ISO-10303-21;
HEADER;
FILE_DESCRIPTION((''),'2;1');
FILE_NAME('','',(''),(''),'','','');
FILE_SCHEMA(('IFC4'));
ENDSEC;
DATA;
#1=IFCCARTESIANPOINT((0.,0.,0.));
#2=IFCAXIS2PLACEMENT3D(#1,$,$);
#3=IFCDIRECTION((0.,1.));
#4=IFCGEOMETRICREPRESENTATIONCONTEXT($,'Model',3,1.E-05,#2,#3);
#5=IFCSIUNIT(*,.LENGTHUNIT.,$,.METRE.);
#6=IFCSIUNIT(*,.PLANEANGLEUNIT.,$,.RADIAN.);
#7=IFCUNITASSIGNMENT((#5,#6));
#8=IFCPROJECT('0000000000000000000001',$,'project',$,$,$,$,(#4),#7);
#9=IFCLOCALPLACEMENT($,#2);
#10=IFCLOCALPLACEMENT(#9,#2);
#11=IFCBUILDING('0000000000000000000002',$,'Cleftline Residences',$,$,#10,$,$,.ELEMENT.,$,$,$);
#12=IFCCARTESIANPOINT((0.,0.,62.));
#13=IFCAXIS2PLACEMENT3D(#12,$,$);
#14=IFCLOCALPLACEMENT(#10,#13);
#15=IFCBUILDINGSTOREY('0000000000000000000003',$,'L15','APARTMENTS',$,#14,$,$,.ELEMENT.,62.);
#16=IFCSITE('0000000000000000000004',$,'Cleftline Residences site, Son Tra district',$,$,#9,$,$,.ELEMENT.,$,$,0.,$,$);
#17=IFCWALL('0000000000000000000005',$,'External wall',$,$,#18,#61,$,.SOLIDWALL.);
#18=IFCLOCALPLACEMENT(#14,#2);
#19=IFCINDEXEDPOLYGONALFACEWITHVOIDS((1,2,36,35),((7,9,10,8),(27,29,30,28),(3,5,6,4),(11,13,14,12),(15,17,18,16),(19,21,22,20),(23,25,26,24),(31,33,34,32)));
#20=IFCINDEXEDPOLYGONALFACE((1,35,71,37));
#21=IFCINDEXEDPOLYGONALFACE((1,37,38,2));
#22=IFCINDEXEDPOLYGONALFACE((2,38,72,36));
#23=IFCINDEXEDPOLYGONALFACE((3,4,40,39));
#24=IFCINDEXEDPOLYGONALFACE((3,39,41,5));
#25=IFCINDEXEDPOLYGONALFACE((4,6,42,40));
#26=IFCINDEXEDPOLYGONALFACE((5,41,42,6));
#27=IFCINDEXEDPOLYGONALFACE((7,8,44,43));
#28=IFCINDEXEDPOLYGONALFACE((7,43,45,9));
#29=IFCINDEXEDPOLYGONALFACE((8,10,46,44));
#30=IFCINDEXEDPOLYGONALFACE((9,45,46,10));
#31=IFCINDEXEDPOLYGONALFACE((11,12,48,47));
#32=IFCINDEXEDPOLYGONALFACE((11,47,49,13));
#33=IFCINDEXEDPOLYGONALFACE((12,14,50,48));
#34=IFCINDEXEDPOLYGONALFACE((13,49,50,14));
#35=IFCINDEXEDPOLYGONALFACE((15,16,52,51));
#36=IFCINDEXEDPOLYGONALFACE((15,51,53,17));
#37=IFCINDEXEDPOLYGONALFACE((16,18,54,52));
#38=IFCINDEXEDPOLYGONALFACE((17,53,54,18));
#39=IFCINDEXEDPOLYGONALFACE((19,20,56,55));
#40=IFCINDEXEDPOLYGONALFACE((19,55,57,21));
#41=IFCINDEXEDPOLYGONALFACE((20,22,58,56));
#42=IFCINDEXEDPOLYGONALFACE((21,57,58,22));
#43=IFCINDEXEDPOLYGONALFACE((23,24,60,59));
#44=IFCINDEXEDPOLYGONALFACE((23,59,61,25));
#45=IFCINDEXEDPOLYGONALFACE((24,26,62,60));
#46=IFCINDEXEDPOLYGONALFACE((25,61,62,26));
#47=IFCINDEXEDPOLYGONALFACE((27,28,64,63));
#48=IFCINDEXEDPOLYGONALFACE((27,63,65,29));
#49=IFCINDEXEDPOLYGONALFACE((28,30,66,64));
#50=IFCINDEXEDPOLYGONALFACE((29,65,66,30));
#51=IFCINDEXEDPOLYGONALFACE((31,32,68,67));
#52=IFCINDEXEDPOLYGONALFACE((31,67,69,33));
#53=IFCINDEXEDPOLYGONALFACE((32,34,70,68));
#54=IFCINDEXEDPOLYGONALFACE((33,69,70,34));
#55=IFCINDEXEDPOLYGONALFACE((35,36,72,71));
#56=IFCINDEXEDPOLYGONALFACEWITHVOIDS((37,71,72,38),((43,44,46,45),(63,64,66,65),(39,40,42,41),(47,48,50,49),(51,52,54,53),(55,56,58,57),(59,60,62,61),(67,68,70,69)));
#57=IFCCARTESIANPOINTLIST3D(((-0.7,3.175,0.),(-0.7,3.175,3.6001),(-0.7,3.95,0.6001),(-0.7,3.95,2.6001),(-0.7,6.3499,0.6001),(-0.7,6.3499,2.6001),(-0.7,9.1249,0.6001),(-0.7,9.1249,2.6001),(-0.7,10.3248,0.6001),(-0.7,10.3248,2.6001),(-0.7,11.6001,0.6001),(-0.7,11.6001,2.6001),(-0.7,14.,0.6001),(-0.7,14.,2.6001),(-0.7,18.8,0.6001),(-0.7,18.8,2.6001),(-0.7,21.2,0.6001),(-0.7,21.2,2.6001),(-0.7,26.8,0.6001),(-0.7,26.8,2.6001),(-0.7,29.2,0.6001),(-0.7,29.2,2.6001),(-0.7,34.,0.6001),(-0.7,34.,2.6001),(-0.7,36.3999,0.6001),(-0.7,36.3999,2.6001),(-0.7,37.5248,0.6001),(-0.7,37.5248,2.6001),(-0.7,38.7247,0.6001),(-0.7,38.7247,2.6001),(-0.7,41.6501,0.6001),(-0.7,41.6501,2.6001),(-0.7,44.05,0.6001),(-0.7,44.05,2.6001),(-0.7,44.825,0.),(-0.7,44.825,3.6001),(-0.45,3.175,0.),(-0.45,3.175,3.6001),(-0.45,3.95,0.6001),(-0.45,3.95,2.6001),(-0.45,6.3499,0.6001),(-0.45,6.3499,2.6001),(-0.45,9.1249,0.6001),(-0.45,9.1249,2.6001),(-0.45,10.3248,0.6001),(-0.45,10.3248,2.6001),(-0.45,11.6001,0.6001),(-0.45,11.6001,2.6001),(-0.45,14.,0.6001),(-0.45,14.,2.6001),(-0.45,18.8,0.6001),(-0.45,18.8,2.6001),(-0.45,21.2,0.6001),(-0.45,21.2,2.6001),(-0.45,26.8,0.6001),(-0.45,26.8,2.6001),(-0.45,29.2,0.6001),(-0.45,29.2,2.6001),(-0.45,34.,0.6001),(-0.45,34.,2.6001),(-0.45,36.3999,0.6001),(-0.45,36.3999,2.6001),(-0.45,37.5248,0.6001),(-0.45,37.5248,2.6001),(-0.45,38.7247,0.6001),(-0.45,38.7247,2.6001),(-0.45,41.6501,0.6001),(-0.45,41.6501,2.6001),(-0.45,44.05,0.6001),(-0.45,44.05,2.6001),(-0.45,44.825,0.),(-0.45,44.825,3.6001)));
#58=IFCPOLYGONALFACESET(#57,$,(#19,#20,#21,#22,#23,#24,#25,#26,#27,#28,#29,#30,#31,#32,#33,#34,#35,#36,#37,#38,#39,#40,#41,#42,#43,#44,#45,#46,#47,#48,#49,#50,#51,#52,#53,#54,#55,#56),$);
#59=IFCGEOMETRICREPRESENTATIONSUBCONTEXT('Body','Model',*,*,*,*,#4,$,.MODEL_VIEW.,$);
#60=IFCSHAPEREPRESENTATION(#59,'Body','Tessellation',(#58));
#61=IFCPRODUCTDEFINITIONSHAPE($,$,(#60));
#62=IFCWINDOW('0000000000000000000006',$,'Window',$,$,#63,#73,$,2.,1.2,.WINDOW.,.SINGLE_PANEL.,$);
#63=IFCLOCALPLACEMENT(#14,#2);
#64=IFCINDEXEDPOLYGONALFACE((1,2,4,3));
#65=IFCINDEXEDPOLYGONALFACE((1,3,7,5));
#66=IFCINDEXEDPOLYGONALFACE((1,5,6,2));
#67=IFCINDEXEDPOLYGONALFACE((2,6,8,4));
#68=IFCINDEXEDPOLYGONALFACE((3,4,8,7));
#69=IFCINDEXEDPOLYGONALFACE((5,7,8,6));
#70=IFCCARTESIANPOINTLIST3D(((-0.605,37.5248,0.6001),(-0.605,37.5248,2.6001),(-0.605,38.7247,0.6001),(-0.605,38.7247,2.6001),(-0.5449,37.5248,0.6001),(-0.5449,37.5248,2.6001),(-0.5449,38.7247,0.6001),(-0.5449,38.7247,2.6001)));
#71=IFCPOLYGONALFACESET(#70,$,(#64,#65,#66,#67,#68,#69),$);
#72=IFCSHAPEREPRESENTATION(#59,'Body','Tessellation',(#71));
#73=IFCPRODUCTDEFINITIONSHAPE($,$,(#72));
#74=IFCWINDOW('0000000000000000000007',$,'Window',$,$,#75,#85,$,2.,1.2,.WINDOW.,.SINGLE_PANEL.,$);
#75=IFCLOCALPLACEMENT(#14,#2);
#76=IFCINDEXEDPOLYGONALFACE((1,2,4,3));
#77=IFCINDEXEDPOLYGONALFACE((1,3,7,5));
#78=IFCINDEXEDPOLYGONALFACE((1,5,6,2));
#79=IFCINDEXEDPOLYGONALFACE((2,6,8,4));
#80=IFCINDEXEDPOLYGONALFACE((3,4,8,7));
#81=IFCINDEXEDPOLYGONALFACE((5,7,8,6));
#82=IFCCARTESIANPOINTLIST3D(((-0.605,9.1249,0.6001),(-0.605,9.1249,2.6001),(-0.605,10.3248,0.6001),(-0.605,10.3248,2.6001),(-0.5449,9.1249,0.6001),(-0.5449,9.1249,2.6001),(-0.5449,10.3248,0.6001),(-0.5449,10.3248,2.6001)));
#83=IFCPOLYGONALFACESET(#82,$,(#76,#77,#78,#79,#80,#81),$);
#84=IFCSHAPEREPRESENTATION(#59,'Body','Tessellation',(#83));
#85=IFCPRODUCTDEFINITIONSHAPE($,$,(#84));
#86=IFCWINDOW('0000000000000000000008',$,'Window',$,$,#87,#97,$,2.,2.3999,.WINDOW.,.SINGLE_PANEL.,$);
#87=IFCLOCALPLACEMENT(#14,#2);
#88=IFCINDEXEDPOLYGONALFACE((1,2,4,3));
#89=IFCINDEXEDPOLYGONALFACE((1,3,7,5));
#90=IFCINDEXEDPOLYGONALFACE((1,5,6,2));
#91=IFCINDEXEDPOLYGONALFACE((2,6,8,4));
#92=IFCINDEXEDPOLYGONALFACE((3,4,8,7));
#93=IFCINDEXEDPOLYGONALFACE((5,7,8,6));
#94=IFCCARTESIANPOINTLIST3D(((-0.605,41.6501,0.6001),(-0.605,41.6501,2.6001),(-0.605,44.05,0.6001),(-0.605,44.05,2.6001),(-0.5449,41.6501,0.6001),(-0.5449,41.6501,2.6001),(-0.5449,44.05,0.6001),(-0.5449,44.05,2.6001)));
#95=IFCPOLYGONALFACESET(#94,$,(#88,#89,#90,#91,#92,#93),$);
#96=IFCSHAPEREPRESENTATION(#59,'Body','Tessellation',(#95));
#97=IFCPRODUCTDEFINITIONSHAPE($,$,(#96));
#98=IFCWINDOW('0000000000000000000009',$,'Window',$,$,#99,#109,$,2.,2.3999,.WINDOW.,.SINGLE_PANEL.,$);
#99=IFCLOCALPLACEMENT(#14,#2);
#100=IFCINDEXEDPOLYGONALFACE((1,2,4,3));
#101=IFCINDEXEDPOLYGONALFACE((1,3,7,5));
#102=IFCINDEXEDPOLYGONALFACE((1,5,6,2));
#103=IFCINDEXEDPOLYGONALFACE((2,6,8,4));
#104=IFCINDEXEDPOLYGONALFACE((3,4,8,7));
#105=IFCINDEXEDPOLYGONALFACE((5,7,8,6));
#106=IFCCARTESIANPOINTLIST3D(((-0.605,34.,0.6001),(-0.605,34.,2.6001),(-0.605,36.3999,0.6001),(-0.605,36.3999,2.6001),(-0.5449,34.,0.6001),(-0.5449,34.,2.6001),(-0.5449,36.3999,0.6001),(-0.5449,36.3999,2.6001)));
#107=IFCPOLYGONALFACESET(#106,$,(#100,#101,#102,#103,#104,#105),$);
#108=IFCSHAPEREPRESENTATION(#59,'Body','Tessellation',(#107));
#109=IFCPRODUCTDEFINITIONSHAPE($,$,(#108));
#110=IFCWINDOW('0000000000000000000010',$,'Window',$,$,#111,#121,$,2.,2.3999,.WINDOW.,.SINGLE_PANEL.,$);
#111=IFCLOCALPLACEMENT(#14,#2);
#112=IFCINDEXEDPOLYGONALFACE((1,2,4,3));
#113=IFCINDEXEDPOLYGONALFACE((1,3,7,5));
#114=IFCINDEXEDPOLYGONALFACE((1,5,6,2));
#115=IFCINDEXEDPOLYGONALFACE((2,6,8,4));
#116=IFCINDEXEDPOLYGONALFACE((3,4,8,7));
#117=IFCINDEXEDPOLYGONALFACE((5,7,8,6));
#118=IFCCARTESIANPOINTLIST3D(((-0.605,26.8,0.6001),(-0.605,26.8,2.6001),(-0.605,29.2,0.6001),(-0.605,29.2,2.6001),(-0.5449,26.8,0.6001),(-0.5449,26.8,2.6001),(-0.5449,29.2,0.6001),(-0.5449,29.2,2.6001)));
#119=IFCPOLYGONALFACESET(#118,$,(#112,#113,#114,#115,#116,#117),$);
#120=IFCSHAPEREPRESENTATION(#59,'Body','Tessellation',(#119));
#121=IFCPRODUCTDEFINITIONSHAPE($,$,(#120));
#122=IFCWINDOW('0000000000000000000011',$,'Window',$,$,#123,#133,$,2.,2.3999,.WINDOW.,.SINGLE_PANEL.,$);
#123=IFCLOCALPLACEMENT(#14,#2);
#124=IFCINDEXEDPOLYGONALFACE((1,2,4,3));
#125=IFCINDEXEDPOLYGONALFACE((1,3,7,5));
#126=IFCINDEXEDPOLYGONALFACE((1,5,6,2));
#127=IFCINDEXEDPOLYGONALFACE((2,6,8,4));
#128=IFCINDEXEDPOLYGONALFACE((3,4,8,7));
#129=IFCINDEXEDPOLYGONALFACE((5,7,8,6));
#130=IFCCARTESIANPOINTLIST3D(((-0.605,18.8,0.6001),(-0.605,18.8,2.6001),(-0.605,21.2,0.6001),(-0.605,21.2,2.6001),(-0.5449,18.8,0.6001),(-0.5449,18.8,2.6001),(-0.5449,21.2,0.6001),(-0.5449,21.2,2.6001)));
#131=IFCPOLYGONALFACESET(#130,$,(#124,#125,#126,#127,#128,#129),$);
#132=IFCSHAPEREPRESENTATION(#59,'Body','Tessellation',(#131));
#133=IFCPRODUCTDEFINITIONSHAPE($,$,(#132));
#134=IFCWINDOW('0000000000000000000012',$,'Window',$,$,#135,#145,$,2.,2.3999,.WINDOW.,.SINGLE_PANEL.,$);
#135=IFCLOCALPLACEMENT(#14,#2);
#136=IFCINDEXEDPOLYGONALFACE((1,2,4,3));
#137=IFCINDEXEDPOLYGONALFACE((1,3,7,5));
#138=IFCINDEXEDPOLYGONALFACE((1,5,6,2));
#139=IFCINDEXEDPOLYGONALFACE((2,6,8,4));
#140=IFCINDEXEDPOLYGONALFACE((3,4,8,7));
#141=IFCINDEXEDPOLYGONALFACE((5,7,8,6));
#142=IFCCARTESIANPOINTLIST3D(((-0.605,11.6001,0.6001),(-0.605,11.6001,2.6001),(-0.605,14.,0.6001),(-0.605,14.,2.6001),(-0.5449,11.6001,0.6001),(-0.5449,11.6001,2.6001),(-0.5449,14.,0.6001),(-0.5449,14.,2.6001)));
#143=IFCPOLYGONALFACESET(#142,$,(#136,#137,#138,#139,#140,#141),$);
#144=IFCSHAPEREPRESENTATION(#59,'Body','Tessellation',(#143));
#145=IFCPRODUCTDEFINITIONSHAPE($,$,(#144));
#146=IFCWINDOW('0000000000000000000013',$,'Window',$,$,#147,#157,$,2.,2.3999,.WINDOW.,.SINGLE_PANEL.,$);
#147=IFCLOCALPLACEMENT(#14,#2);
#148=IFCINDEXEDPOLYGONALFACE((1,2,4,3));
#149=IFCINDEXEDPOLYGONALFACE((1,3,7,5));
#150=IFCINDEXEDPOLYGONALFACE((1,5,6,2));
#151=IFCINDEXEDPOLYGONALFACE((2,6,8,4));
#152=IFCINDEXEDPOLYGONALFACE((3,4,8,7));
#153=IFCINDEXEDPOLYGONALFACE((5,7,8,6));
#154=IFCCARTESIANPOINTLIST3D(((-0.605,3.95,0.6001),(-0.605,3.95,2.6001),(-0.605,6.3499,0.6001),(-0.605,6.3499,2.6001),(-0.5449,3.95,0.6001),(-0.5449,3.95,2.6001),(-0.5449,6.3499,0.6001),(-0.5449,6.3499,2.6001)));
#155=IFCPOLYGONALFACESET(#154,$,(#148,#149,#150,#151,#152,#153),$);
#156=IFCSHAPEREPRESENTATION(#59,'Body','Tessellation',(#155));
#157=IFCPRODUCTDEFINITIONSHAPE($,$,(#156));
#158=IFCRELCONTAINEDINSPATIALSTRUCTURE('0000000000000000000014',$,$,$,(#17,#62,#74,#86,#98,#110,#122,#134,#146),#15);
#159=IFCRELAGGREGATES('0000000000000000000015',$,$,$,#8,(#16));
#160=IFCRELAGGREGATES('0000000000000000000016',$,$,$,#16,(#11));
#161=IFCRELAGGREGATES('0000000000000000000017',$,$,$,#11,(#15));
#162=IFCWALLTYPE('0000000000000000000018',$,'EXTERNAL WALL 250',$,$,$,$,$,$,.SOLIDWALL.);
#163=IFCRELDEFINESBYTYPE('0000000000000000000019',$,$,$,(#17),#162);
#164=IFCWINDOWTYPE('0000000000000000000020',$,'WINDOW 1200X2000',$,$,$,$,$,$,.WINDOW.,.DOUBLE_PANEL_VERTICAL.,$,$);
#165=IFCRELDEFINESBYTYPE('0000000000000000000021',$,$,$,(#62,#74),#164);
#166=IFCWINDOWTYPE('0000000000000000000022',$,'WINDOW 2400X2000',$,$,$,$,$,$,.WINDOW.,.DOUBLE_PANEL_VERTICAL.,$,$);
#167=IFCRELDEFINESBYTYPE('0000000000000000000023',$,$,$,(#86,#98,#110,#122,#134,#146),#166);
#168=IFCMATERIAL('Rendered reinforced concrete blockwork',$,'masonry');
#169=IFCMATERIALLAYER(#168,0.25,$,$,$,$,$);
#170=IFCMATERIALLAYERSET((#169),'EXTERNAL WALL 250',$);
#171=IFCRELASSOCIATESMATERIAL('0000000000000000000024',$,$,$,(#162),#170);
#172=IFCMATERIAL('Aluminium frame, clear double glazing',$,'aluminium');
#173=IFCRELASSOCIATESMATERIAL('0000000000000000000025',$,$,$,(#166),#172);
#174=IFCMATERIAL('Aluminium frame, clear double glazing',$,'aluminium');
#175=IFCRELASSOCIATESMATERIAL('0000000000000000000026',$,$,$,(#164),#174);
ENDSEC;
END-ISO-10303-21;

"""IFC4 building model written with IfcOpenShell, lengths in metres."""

from ifc_helpers import new_model, si_unit, direction, frame, frame_2d, origin, place, context, subcontext, project, spatial, rectangle, extrude, material, layer, layer_set, type_object, element, fill, save


model = new_model("IFC4")

# Units and contexts
model_context = context("Model", 3, precision=1e-05, world=origin(), true_north=direction((0.0, 1.0)))
body_context = subcontext(model_context, "Body", "Model", "MODEL_VIEW")
ifc_project = project(units=[si_unit("LENGTHUNIT", "METRE"), si_unit("PLANEANGLEUNIT", "RADIAN")], contexts=[model_context])

# Site, building, storey
site_placement = place(None, origin())
site = spatial("IfcSite", under=ifc_project, at=site_placement, Name="Cleftline Residences site, Son Tra district", CompositionType="ELEMENT", RefElevation=0.0)
building_placement = place(site_placement, origin())
building = spatial("IfcBuilding", under=site, at=building_placement, Name="Cleftline Residences", CompositionType="ELEMENT")
storey_placement = place(building_placement, frame((0.0, 0.0, 62.0)))
storey = spatial("IfcBuildingStorey", under=building, at=storey_placement, Name="L15", Description="APARTMENTS", CompositionType="ELEMENT", Elevation=62.0)

# Shared definitions
ifc_material_1 = material(Name="Rendered reinforced concrete blockwork", Category="masonry")
ifc_layer_1 = layer(ifc_material_1, 0.25)
ifc_layer_set_1 = layer_set([ifc_layer_1], Name="EXTERNAL WALL 250")
wall_type_1 = type_object("IfcWallType", Name="EXTERNAL WALL 250", PredefinedType="SOLIDWALL", material=ifc_layer_set_1)
ifc_material_2 = material(Name="Aluminium frame, clear double glazing", Category="aluminium")
window_type_1 = type_object("IfcWindowType", Name="WINDOW 2400X2000", PartitioningType="DOUBLE_PANEL_VERTICAL", PredefinedType="WINDOW", material=ifc_material_2)

# Wall, openings, windows
ifc_material_3 = material(Name="Aluminium frame, clear double glazing", Category="aluminium")
window_type_2 = type_object("IfcWindowType", Name="WINDOW 1200X2000", PartitioningType="DOUBLE_PANEL_VERTICAL", PredefinedType="WINDOW", material=ifc_material_3)
wall_1_placement = place(storey_placement, frame((-0.575, 44.825, 0.0), z_axis=(0.0, 0.0, 1.0), x_axis=(0.0, -1.0, 0.0)))
wall_1 = element("IfcWall", 1, at=wall_1_placement, inside=storey, type_object=wall_type_1, Name="External wall", PredefinedType="SOLIDWALL", context=body_context, shape_type="SweptSolid", body=[
    extrude(rectangle(XDim=41.6499, YDim=0.25, at=frame_2d((20.825, 0.0))), origin(), (0.0, 0.0, 1.0), 3.6001),
])
opening_1_placement = place(wall_1_placement, frame((0.7749, 0.0, 0.6001)))
opening_1 = element("IfcOpeningElement", 2, at=opening_1_placement, cuts=wall_1, PredefinedType="OPENING", context=body_context, shape_type="SweptSolid", body=[
    extrude(rectangle(XDim=2.3999, YDim=2.0, at=frame_2d((1.2, 1.0))), frame((0.0, 0.135, 0.0), z_axis=(0.0, -1.0, 0.0), x_axis=(1.0, 0.0, 0.0)), (0.0, 0.0, 1.0), 0.27),
])
opening_2_placement = place(wall_1_placement, frame((6.1001, 0.0, 0.6001)))
opening_2 = element("IfcOpeningElement", 3, at=opening_2_placement, cuts=wall_1, PredefinedType="OPENING", context=body_context, shape_type="SweptSolid", body=[
    extrude(rectangle(XDim=1.2, YDim=2.0, at=frame_2d((0.6001, 1.0))), frame((0.0, 0.135, 0.0), z_axis=(0.0, -1.0, 0.0), x_axis=(1.0, 0.0, 0.0)), (0.0, 0.0, 1.0), 0.27),
])
opening_3_placement = place(wall_1_placement, frame((8.425, 0.0, 0.6001)))
opening_3 = element("IfcOpeningElement", 4, at=opening_3_placement, cuts=wall_1, PredefinedType="OPENING", context=body_context, shape_type="SweptSolid", body=[
    extrude(rectangle(XDim=2.3999, YDim=2.0, at=frame_2d((1.2, 1.0))), frame((0.0, 0.135, 0.0), z_axis=(0.0, -1.0, 0.0), x_axis=(1.0, 0.0, 0.0)), (0.0, 0.0, 1.0), 0.27),
])
opening_4_placement = place(wall_1_placement, frame((15.625, 0.0, 0.6001)))
opening_4 = element("IfcOpeningElement", 5, at=opening_4_placement, cuts=wall_1, PredefinedType="OPENING", context=body_context, shape_type="SweptSolid", body=[
    extrude(rectangle(XDim=2.3999, YDim=2.0, at=frame_2d((1.2, 1.0))), frame((0.0, 0.135, 0.0), z_axis=(0.0, -1.0, 0.0), x_axis=(1.0, 0.0, 0.0)), (0.0, 0.0, 1.0), 0.27),
])
opening_5_placement = place(wall_1_placement, frame((23.625, 0.0, 0.6001)))
opening_5 = element("IfcOpeningElement", 6, at=opening_5_placement, cuts=wall_1, PredefinedType="OPENING", context=body_context, shape_type="SweptSolid", body=[
    extrude(rectangle(XDim=2.3999, YDim=2.0, at=frame_2d((1.2, 1.0))), frame((0.0, 0.135, 0.0), z_axis=(0.0, -1.0, 0.0), x_axis=(1.0, 0.0, 0.0)), (0.0, 0.0, 1.0), 0.27),
])
opening_6_placement = place(wall_1_placement, frame((30.825, 0.0, 0.6001)))
opening_6 = element("IfcOpeningElement", 7, at=opening_6_placement, cuts=wall_1, PredefinedType="OPENING", context=body_context, shape_type="SweptSolid", body=[
    extrude(rectangle(XDim=2.3999, YDim=2.0, at=frame_2d((1.2, 1.0))), frame((0.0, 0.135, 0.0), z_axis=(0.0, -1.0, 0.0), x_axis=(1.0, 0.0, 0.0)), (0.0, 0.0, 1.0), 0.27),
])
opening_7_placement = place(wall_1_placement, frame((34.5, 0.0, 0.6001)))
opening_7 = element("IfcOpeningElement", 8, at=opening_7_placement, cuts=wall_1, PredefinedType="OPENING", context=body_context, shape_type="SweptSolid", body=[
    extrude(rectangle(XDim=1.2, YDim=2.0, at=frame_2d((0.6001, 1.0))), frame((0.0, 0.135, 0.0), z_axis=(0.0, -1.0, 0.0), x_axis=(1.0, 0.0, 0.0)), (0.0, 0.0, 1.0), 0.27),
])
opening_8_placement = place(wall_1_placement, frame((38.4751, 0.0, 0.6001)))
opening_8 = element("IfcOpeningElement", 9, at=opening_8_placement, cuts=wall_1, PredefinedType="OPENING", context=body_context, shape_type="SweptSolid", body=[
    extrude(rectangle(XDim=2.3999, YDim=2.0, at=frame_2d((1.2, 1.0))), frame((0.0, 0.135, 0.0), z_axis=(0.0, -1.0, 0.0), x_axis=(1.0, 0.0, 0.0)), (0.0, 0.0, 1.0), 0.27),
])
window_1_placement = place(opening_2_placement, origin())
window_1 = element("IfcWindow", 10, at=window_1_placement, inside=storey, type_object=window_type_2, Name="Window", OverallHeight=2.0, OverallWidth=1.2, PartitioningType="SINGLE_PANEL", PredefinedType="WINDOW", context=body_context, shape_type="SweptSolid", body=[
    extrude(rectangle(XDim=1.2, YDim=2.0, at=frame_2d((0.6001, 1.0))), frame((0.0, 0.03, 0.0), z_axis=(0.0, -1.0, 0.0), x_axis=(1.0, 0.0, 0.0)), (0.0, 0.0, 1.0), 0.0601),
])
fill(opening_2, window_1)
window_2_placement = place(opening_7_placement, origin())
window_2 = element("IfcWindow", 11, at=window_2_placement, inside=storey, type_object=window_type_2, Name="Window", OverallHeight=2.0, OverallWidth=1.2, PartitioningType="SINGLE_PANEL", PredefinedType="WINDOW", context=body_context, shape_type="SweptSolid", body=[
    extrude(rectangle(XDim=1.2, YDim=2.0, at=frame_2d((0.6001, 1.0))), frame((0.0, 0.03, 0.0), z_axis=(0.0, -1.0, 0.0), x_axis=(1.0, 0.0, 0.0)), (0.0, 0.0, 1.0), 0.0601),
])
fill(opening_7, window_2)
window_3_placement = place(opening_1_placement, origin())
window_3 = element("IfcWindow", 12, at=window_3_placement, inside=storey, type_object=window_type_1, Name="Window", OverallHeight=2.0, OverallWidth=2.3999, PartitioningType="SINGLE_PANEL", PredefinedType="WINDOW", context=body_context, shape_type="SweptSolid", body=[
    extrude(rectangle(XDim=2.3999, YDim=2.0, at=frame_2d((1.2, 1.0))), frame((0.0, 0.03, 0.0), z_axis=(0.0, -1.0, 0.0), x_axis=(1.0, 0.0, 0.0)), (0.0, 0.0, 1.0), 0.0601),
])
fill(opening_1, window_3)
window_4_placement = place(opening_3_placement, origin())
window_4 = element("IfcWindow", 13, at=window_4_placement, inside=storey, type_object=window_type_1, Name="Window", OverallHeight=2.0, OverallWidth=2.3999, PartitioningType="SINGLE_PANEL", PredefinedType="WINDOW", context=body_context, shape_type="SweptSolid", body=[
    extrude(rectangle(XDim=2.3999, YDim=2.0, at=frame_2d((1.2, 1.0))), frame((0.0, 0.03, 0.0), z_axis=(0.0, -1.0, 0.0), x_axis=(1.0, 0.0, 0.0)), (0.0, 0.0, 1.0), 0.0601),
])
fill(opening_3, window_4)
window_5_placement = place(opening_4_placement, origin())
window_5 = element("IfcWindow", 14, at=window_5_placement, inside=storey, type_object=window_type_1, Name="Window", OverallHeight=2.0, OverallWidth=2.3999, PartitioningType="SINGLE_PANEL", PredefinedType="WINDOW", context=body_context, shape_type="SweptSolid", body=[
    extrude(rectangle(XDim=2.3999, YDim=2.0, at=frame_2d((1.2, 1.0))), frame((0.0, 0.03, 0.0), z_axis=(0.0, -1.0, 0.0), x_axis=(1.0, 0.0, 0.0)), (0.0, 0.0, 1.0), 0.0601),
])
fill(opening_4, window_5)
window_6_placement = place(opening_5_placement, origin())
window_6 = element("IfcWindow", 15, at=window_6_placement, inside=storey, type_object=window_type_1, Name="Window", OverallHeight=2.0, OverallWidth=2.3999, PartitioningType="SINGLE_PANEL", PredefinedType="WINDOW", context=body_context, shape_type="SweptSolid", body=[
    extrude(rectangle(XDim=2.3999, YDim=2.0, at=frame_2d((1.2, 1.0))), frame((0.0, 0.03, 0.0), z_axis=(0.0, -1.0, 0.0), x_axis=(1.0, 0.0, 0.0)), (0.0, 0.0, 1.0), 0.0601),
])
fill(opening_5, window_6)
window_7_placement = place(opening_6_placement, origin())
window_7 = element("IfcWindow", 16, at=window_7_placement, inside=storey, type_object=window_type_1, Name="Window", OverallHeight=2.0, OverallWidth=2.3999, PartitioningType="SINGLE_PANEL", PredefinedType="WINDOW", context=body_context, shape_type="SweptSolid", body=[
    extrude(rectangle(XDim=2.3999, YDim=2.0, at=frame_2d((1.2, 1.0))), frame((0.0, 0.03, 0.0), z_axis=(0.0, -1.0, 0.0), x_axis=(1.0, 0.0, 0.0)), (0.0, 0.0, 1.0), 0.0601),
])
fill(opening_6, window_7)
window_8_placement = place(opening_8_placement, origin())
window_8 = element("IfcWindow", 17, at=window_8_placement, inside=storey, type_object=window_type_1, Name="Window", OverallHeight=2.0, OverallWidth=2.3999, PartitioningType="SINGLE_PANEL", PredefinedType="WINDOW", context=body_context, shape_type="SweptSolid", body=[
    extrude(rectangle(XDim=2.3999, YDim=2.0, at=frame_2d((1.2, 1.0))), frame((0.0, 0.03, 0.0), z_axis=(0.0, -1.0, 0.0), x_axis=(1.0, 0.0, 0.0)), (0.0, 0.0, 1.0), 0.0601),
])
fill(opening_8, window_8)

save(model, "model.ifc")
